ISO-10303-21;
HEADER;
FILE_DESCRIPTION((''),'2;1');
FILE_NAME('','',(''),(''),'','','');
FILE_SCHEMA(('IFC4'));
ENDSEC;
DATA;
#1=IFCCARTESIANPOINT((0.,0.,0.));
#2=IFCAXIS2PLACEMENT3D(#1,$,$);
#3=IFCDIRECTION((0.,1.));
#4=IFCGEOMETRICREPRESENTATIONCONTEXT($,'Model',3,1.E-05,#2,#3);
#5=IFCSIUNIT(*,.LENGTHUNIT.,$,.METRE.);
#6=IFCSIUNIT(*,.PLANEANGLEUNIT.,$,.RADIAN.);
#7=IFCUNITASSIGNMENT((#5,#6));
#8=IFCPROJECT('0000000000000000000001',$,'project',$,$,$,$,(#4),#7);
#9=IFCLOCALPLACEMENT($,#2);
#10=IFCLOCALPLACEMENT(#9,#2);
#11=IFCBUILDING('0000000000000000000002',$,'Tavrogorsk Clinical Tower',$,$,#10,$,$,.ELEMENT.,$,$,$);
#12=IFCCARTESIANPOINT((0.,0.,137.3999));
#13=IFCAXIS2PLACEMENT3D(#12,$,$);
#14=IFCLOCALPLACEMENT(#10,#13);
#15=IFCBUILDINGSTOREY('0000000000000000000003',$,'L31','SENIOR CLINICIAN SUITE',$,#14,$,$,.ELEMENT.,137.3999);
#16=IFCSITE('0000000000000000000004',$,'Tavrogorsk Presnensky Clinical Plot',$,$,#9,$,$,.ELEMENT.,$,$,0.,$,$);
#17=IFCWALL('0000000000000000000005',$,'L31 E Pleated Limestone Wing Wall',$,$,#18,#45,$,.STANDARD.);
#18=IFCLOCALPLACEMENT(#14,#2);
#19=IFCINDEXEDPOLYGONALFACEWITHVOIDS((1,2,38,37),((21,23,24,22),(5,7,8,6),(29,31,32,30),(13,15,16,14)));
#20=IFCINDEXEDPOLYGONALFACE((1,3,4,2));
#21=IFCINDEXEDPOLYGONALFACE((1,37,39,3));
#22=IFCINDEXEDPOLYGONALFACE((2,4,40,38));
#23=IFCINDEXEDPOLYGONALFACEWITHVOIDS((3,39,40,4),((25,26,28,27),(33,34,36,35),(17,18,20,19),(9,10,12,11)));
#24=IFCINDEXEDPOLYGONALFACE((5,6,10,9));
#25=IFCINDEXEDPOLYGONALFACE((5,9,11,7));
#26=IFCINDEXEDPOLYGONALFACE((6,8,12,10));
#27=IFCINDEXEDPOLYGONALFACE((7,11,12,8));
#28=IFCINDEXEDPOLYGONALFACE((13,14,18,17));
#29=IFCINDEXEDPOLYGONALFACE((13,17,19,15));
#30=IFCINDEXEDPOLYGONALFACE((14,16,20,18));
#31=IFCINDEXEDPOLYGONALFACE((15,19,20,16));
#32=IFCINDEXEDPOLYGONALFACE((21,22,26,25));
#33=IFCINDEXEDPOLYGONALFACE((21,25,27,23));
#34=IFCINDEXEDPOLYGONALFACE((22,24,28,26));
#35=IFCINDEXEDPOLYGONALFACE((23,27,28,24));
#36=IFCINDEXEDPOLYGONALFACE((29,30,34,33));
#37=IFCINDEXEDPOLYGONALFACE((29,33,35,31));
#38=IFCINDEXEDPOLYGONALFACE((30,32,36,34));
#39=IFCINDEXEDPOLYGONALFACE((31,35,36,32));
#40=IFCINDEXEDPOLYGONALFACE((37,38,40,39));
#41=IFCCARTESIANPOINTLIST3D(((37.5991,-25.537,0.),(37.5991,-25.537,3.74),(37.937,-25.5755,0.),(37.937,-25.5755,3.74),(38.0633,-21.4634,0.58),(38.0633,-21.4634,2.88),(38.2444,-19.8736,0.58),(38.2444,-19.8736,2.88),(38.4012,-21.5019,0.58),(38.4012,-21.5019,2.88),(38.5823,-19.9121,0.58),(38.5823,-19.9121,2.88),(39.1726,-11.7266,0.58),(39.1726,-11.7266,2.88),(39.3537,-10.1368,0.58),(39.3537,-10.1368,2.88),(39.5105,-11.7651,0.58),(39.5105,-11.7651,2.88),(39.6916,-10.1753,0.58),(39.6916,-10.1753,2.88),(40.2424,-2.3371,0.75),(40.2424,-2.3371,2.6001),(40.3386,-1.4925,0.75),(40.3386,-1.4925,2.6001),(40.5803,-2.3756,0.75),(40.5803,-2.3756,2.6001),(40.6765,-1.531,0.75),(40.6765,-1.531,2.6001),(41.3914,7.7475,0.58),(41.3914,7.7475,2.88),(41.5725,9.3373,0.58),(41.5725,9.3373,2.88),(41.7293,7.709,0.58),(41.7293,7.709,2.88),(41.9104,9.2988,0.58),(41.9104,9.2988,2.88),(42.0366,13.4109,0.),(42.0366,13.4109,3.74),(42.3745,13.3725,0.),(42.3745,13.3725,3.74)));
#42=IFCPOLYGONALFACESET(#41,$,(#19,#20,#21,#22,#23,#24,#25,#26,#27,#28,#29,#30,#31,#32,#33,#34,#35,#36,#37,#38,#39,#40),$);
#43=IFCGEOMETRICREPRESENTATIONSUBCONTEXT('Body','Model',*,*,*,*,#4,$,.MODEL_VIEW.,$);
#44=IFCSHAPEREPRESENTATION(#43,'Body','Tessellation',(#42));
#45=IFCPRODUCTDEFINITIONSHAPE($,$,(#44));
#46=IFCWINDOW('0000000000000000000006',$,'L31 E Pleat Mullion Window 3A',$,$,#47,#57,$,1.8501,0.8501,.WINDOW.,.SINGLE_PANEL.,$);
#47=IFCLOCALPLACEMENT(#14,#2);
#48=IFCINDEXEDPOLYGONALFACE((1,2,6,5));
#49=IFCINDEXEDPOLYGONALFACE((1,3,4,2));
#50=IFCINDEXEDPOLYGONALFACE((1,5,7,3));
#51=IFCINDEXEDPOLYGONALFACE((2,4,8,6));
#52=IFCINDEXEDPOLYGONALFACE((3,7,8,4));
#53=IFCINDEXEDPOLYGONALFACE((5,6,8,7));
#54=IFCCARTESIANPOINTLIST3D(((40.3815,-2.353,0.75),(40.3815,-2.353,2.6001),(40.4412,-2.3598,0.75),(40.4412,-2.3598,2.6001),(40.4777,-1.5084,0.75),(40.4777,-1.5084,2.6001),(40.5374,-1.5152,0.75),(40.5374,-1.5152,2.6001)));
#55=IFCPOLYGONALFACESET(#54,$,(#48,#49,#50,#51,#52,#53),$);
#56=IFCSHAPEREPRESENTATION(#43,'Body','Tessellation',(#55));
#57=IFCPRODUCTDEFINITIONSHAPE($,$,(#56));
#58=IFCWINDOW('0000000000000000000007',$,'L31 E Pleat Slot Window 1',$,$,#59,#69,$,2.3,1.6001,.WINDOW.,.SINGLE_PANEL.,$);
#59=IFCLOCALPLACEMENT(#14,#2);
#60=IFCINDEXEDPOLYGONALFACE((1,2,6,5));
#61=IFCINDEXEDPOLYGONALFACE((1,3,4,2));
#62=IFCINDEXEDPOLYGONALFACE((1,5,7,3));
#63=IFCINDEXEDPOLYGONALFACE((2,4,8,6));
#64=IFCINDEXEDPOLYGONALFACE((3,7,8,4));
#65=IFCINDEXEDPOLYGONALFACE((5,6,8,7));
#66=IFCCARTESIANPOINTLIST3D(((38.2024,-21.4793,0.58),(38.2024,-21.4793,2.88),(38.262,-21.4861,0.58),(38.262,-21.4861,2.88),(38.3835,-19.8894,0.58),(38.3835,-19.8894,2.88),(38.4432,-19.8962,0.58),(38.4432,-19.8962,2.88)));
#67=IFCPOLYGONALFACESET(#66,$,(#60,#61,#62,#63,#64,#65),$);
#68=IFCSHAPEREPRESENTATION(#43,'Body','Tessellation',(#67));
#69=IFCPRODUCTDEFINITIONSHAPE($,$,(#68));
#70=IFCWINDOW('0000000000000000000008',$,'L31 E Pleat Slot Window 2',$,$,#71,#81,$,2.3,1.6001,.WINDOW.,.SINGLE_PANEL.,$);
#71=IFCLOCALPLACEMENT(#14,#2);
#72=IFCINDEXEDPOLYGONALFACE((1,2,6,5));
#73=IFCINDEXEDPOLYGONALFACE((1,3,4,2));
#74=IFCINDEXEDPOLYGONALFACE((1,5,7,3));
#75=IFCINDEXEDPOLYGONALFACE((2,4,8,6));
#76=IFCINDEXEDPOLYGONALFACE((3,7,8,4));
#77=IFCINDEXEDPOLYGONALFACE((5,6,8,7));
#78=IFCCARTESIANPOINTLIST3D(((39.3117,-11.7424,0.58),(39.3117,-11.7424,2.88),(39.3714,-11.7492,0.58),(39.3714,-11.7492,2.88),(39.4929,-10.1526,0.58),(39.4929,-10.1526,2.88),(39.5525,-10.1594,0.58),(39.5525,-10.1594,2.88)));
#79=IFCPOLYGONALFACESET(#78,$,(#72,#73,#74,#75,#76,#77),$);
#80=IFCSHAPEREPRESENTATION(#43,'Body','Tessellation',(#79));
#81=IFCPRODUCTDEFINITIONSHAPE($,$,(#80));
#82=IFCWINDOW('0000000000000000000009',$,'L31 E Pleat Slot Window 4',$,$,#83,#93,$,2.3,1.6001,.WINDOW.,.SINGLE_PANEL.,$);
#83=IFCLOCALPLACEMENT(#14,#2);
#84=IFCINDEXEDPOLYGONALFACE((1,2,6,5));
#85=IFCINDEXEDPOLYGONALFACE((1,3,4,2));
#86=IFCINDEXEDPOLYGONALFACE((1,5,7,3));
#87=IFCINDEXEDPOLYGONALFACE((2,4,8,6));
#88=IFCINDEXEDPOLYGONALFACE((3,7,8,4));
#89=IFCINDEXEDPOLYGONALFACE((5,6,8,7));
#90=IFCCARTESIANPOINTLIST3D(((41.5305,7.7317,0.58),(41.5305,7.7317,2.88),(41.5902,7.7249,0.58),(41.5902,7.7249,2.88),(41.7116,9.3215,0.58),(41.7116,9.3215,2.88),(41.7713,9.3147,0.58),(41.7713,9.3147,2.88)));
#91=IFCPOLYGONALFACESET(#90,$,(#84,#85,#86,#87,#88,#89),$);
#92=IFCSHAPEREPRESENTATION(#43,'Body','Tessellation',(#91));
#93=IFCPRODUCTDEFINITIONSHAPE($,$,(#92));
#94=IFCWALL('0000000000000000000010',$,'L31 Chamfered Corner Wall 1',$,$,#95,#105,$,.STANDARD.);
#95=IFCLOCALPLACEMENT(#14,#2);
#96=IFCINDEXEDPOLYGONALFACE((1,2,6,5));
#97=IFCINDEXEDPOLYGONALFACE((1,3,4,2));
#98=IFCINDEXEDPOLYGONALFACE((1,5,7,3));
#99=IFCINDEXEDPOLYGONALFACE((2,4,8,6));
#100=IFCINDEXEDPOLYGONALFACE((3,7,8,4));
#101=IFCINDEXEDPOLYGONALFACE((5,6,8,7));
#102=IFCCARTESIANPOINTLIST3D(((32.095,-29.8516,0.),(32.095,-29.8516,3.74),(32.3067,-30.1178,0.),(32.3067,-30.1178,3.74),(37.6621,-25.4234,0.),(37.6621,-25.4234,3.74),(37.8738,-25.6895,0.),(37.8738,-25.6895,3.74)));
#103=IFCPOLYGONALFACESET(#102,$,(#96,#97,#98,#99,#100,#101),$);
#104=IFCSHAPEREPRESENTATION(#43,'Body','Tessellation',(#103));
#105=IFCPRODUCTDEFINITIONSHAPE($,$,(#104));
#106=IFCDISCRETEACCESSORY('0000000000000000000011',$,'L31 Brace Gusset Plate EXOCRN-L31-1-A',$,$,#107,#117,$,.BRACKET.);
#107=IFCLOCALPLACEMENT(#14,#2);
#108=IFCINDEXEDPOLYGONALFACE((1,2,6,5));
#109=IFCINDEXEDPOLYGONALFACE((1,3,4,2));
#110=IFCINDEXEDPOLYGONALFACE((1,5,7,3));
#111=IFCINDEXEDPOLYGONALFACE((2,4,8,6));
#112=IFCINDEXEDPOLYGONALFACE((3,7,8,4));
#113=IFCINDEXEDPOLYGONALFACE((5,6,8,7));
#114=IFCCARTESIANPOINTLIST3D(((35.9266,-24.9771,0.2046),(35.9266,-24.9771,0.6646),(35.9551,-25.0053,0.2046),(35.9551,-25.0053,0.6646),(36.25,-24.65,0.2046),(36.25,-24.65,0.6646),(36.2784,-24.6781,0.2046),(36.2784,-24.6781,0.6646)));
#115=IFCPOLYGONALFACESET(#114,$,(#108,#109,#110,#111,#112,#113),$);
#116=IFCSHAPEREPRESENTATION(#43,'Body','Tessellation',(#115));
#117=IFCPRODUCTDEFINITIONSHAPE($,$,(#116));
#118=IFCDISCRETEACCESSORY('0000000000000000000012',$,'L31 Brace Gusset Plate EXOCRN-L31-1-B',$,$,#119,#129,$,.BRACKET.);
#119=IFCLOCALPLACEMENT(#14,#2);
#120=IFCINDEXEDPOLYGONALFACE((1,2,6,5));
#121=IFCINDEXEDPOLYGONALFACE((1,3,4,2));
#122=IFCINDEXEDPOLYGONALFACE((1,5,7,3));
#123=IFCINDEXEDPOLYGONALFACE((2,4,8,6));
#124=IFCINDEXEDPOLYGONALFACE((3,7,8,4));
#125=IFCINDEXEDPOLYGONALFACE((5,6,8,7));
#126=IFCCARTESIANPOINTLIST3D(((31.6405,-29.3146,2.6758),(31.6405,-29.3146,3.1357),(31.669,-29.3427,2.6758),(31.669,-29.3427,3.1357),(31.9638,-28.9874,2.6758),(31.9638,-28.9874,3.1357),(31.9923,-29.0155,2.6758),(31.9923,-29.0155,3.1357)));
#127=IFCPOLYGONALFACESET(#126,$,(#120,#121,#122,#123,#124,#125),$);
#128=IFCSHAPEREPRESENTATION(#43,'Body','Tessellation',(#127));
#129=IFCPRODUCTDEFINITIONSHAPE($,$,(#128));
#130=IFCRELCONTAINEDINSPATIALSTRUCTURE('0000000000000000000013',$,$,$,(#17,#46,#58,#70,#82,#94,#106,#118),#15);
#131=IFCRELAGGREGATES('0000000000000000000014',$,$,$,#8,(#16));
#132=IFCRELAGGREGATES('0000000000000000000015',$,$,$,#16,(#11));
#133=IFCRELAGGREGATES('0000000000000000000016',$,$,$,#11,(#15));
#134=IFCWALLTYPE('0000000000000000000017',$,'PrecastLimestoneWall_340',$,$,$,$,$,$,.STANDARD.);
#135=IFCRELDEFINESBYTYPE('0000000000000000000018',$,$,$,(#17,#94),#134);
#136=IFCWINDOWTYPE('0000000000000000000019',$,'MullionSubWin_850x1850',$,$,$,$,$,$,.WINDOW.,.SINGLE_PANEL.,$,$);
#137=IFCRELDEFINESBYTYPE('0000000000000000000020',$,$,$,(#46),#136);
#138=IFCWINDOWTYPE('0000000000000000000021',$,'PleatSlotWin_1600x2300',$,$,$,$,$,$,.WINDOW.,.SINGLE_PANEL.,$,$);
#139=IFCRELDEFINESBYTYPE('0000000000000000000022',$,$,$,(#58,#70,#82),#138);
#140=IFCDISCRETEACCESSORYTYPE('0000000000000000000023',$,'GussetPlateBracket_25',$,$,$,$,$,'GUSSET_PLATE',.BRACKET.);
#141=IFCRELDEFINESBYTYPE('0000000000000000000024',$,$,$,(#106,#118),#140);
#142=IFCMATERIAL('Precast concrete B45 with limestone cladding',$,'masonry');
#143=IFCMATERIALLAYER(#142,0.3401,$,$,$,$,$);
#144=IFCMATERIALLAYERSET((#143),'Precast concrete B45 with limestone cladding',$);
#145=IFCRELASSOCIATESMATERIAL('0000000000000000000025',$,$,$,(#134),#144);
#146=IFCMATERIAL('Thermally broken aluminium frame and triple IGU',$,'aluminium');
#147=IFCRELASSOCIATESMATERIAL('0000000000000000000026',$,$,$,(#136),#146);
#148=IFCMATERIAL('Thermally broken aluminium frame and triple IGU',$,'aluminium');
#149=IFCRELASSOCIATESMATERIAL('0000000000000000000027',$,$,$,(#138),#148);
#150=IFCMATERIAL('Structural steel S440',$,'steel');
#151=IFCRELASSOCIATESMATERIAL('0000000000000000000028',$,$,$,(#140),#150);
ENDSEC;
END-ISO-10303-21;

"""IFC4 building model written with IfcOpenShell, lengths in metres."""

from ifc_helpers import new_model, si_unit, direction, frame, frame_2d, origin, origin_2d, place, context, subcontext, project, spatial, rectangle, extrude, material, layer, layer_set, type_object, element, fill, save


model = new_model("IFC4")

# Units and contexts
model_context = context("Model", 3, precision=1e-05, world=origin(), true_north=direction((0.0, 1.0)))
body_context = subcontext(model_context, "Body", "Model", "MODEL_VIEW")
ifc_project = project(units=[si_unit("LENGTHUNIT", "METRE"), si_unit("PLANEANGLEUNIT", "RADIAN")], contexts=[model_context])

# Site, building, storey
site_placement = place(None, origin())
site = spatial("IfcSite", under=ifc_project, at=site_placement, Name="Tavrogorsk Presnensky Clinical Plot", CompositionType="ELEMENT", RefElevation=0.0)
building_placement = place(site_placement, origin())
building = spatial("IfcBuilding", under=site, at=building_placement, Name="Tavrogorsk Clinical Tower", CompositionType="ELEMENT")
storey_placement = place(building_placement, frame((0.0, 0.0, 137.3999)))
storey = spatial("IfcBuildingStorey", under=building, at=storey_placement, Name="L31", Description="SENIOR CLINICIAN SUITE", CompositionType="ELEMENT", Elevation=137.3999)

# Wall, openings, windows
ifc_material_1 = material(Name="Precast concrete B45 with limestone cladding", Category="masonry")
ifc_layer_1 = layer(ifc_material_1, 0.3401)
ifc_layer_set_1 = layer_set([ifc_layer_1], Name="Precast concrete B45 with limestone cladding")
wall_type_1 = type_object("IfcWallType", Name="PrecastLimestoneWall_340", PredefinedType="STANDARD", material=ifc_layer_set_1)
wall_1_placement = place(storey_placement, frame((37.7681, -25.5564, 0.0), z_axis=(0.0, 0.0, 1.0), x_axis=(0.113202, 0.993572, 0.0)))
wall_1 = element("IfcWall", 1, at=wall_1_placement, inside=storey, type_object=wall_type_1, Name="L31 E Pleated Limestone Wing Wall", PredefinedType="STANDARD", context=body_context, shape_type="SweptSolid", body=[
    extrude(rectangle(XDim=39.2, YDim=0.3401, at=frame_2d((19.6001, 0.0))), origin(), (0.0, 0.0, 1.0), 3.74),
])
opening_1_placement = place(wall_1_placement, frame((4.1001, 0.0, 0.5801)))
opening_1 = element("IfcOpeningElement", 2, at=opening_1_placement, cuts=wall_1, PredefinedType="OPENING", context=body_context, shape_type="SweptSolid", body=[
    extrude(rectangle(XDim=1.6001, YDim=2.3, at=frame_2d((0.8, 1.1499))), frame((0.0, 0.1799, 0.0), z_axis=(0.0, -1.0, 0.0), x_axis=(1.0, 0.0, 0.0)), (0.0, 0.0, 1.0), 0.3601),
])
opening_2_placement = place(wall_1_placement, frame((13.8999, 0.0, 0.5801)))
opening_2 = element("IfcOpeningElement", 3, at=opening_2_placement, cuts=wall_1, PredefinedType="OPENING", context=body_context, shape_type="SweptSolid", body=[
    extrude(rectangle(XDim=1.6001, YDim=2.3, at=frame_2d((0.8, 1.1499))), frame((0.0, 0.1799, 0.0), z_axis=(0.0, -1.0, 0.0), x_axis=(1.0, 0.0, 0.0)), (0.0, 0.0, 1.0), 0.3601),
])
opening_3_placement = place(wall_1_placement, frame((23.3501, 0.0, 0.75)))
opening_3 = element("IfcOpeningElement", 4, at=opening_3_placement, cuts=wall_1, PredefinedType="OPENING", context=body_context, shape_type="SweptSolid", body=[
    extrude(rectangle(XDim=0.8501, YDim=1.8501, at=frame_2d((0.425, 0.925))), frame((0.0, 0.1799, 0.0), z_axis=(0.0, -1.0, 0.0), x_axis=(1.0, 0.0, 0.0)), (0.0, 0.0, 1.0), 0.3601),
])
opening_4_placement = place(wall_1_placement, frame((33.5, 0.0, 0.5801)))
opening_4 = element("IfcOpeningElement", 5, at=opening_4_placement, cuts=wall_1, PredefinedType="OPENING", context=body_context, shape_type="SweptSolid", body=[
    extrude(rectangle(XDim=1.6001, YDim=2.3, at=frame_2d((0.8, 1.1499))), frame((0.0, 0.1799, 0.0), z_axis=(0.0, -1.0, 0.0), x_axis=(1.0, 0.0, 0.0)), (0.0, 0.0, 1.0), 0.3601),
])
ifc_material_2 = material(Name="Thermally broken aluminium frame and triple IGU", Category="aluminium")
window_type_1 = type_object("IfcWindowType", Name="MullionSubWin_850x1850", PartitioningType="SINGLE_PANEL", PredefinedType="WINDOW", material=ifc_material_2)
window_1_placement = place(opening_3_placement, origin())
window_1 = element("IfcWindow", 6, at=window_1_placement, inside=storey, type_object=window_type_1, Name="L31 E Pleat Mullion Window 3A", OverallHeight=1.8501, OverallWidth=0.8501, PartitioningType="SINGLE_PANEL", PredefinedType="WINDOW", context=body_context, shape_type="SweptSolid", body=[
    extrude(rectangle(XDim=0.8501, YDim=1.8501, at=frame_2d((0.425, 0.925))), frame((0.0, 0.03, 0.0), z_axis=(0.0, -1.0, 0.0), x_axis=(1.0, 0.0, 0.0)), (0.0, 0.0, 1.0), 0.0601),
])
fill(opening_3, window_1)
ifc_material_3 = material(Name="Thermally broken aluminium frame and triple IGU", Category="aluminium")
window_type_2 = type_object("IfcWindowType", Name="PleatSlotWin_1600x2300", PartitioningType="SINGLE_PANEL", PredefinedType="WINDOW", material=ifc_material_3)
window_2_placement = place(opening_1_placement, origin())
window_2 = element("IfcWindow", 7, at=window_2_placement, inside=storey, type_object=window_type_2, Name="L31 E Pleat Slot Window 1", OverallHeight=2.3, OverallWidth=1.6001, PartitioningType="SINGLE_PANEL", PredefinedType="WINDOW", context=body_context, shape_type="SweptSolid", body=[
    extrude(rectangle(XDim=1.6001, YDim=2.3, at=frame_2d((0.8, 1.1499))), frame((0.0, 0.03, 0.0), z_axis=(0.0, -1.0, 0.0), x_axis=(1.0, 0.0, 0.0)), (0.0, 0.0, 1.0), 0.0601),
])
fill(opening_1, window_2)
window_3_placement = place(opening_2_placement, origin())
window_3 = element("IfcWindow", 8, at=window_3_placement, inside=storey, type_object=window_type_2, Name="L31 E Pleat Slot Window 2", OverallHeight=2.3, OverallWidth=1.6001, PartitioningType="SINGLE_PANEL", PredefinedType="WINDOW", context=body_context, shape_type="SweptSolid", body=[
    extrude(rectangle(XDim=1.6001, YDim=2.3, at=frame_2d((0.8, 1.1499))), frame((0.0, 0.03, 0.0), z_axis=(0.0, -1.0, 0.0), x_axis=(1.0, 0.0, 0.0)), (0.0, 0.0, 1.0), 0.0601),
])
fill(opening_2, window_3)
window_4_placement = place(opening_4_placement, origin())
window_4 = element("IfcWindow", 9, at=window_4_placement, inside=storey, type_object=window_type_2, Name="L31 E Pleat Slot Window 4", OverallHeight=2.3, OverallWidth=1.6001, PartitioningType="SINGLE_PANEL", PredefinedType="WINDOW", context=body_context, shape_type="SweptSolid", body=[
    extrude(rectangle(XDim=1.6001, YDim=2.3, at=frame_2d((0.8, 1.1499))), frame((0.0, 0.03, 0.0), z_axis=(0.0, -1.0, 0.0), x_axis=(1.0, 0.0, 0.0)), (0.0, 0.0, 1.0), 0.0601),
])
fill(opening_4, window_4)

# Wall
wall_2_placement = place(storey_placement, frame((32.2009, -29.9846, 0.0), z_axis=(0.0, 0.0, 1.0), x_axis=(0.782614, 0.622508, 0.0)))
element("IfcWall", 10, at=wall_2_placement, inside=storey, type_object=wall_type_1, Name="L31 Chamfered Corner Wall 1", PredefinedType="STANDARD", context=body_context, shape_type="SweptSolid", body=[
    extrude(rectangle(XDim=7.1135, YDim=0.3401, at=frame_2d((3.5566, 0.0))), origin(), (0.0, 0.0, 1.0), 3.74),
])

# Discrete accessories
ifc_material_4 = material(Name="Structural steel S440", Category="steel")
discrete_accessory_type = type_object("IfcDiscreteAccessoryType", Name="GussetPlateBracket_25", ElementType="GUSSET_PLATE", PredefinedType="BRACKET", material=ifc_material_4)
for number, where, z_axis, x_axis, name in (
    (11, (36.1025, -24.8276, 0.2046), (0.0, 0.0, 1.0), (-0.702898, -0.71129, 0.0), "L31 Brace Gusset Plate EXOCRN-L31-1-A"),
    (12, (31.8164, -29.165, 2.6758), (0.0, 0.0, 1.0), (-0.702898, -0.71129, 0.0), "L31 Brace Gusset Plate EXOCRN-L31-1-B"),
):
    element("IfcDiscreteAccessory", number, at=place(storey_placement, frame(where, z_axis=z_axis, x_axis=x_axis)), inside=storey, type_object=discrete_accessory_type, Name=name, PredefinedType="BRACKET", context=body_context, shape_type="SweptSolid", body=[
        extrude(rectangle(XDim=0.46, YDim=0.04, at=origin_2d()), origin(), (0.0, 0.0, 1.0), 0.46),
    ])

save(model, "model.ifc")
